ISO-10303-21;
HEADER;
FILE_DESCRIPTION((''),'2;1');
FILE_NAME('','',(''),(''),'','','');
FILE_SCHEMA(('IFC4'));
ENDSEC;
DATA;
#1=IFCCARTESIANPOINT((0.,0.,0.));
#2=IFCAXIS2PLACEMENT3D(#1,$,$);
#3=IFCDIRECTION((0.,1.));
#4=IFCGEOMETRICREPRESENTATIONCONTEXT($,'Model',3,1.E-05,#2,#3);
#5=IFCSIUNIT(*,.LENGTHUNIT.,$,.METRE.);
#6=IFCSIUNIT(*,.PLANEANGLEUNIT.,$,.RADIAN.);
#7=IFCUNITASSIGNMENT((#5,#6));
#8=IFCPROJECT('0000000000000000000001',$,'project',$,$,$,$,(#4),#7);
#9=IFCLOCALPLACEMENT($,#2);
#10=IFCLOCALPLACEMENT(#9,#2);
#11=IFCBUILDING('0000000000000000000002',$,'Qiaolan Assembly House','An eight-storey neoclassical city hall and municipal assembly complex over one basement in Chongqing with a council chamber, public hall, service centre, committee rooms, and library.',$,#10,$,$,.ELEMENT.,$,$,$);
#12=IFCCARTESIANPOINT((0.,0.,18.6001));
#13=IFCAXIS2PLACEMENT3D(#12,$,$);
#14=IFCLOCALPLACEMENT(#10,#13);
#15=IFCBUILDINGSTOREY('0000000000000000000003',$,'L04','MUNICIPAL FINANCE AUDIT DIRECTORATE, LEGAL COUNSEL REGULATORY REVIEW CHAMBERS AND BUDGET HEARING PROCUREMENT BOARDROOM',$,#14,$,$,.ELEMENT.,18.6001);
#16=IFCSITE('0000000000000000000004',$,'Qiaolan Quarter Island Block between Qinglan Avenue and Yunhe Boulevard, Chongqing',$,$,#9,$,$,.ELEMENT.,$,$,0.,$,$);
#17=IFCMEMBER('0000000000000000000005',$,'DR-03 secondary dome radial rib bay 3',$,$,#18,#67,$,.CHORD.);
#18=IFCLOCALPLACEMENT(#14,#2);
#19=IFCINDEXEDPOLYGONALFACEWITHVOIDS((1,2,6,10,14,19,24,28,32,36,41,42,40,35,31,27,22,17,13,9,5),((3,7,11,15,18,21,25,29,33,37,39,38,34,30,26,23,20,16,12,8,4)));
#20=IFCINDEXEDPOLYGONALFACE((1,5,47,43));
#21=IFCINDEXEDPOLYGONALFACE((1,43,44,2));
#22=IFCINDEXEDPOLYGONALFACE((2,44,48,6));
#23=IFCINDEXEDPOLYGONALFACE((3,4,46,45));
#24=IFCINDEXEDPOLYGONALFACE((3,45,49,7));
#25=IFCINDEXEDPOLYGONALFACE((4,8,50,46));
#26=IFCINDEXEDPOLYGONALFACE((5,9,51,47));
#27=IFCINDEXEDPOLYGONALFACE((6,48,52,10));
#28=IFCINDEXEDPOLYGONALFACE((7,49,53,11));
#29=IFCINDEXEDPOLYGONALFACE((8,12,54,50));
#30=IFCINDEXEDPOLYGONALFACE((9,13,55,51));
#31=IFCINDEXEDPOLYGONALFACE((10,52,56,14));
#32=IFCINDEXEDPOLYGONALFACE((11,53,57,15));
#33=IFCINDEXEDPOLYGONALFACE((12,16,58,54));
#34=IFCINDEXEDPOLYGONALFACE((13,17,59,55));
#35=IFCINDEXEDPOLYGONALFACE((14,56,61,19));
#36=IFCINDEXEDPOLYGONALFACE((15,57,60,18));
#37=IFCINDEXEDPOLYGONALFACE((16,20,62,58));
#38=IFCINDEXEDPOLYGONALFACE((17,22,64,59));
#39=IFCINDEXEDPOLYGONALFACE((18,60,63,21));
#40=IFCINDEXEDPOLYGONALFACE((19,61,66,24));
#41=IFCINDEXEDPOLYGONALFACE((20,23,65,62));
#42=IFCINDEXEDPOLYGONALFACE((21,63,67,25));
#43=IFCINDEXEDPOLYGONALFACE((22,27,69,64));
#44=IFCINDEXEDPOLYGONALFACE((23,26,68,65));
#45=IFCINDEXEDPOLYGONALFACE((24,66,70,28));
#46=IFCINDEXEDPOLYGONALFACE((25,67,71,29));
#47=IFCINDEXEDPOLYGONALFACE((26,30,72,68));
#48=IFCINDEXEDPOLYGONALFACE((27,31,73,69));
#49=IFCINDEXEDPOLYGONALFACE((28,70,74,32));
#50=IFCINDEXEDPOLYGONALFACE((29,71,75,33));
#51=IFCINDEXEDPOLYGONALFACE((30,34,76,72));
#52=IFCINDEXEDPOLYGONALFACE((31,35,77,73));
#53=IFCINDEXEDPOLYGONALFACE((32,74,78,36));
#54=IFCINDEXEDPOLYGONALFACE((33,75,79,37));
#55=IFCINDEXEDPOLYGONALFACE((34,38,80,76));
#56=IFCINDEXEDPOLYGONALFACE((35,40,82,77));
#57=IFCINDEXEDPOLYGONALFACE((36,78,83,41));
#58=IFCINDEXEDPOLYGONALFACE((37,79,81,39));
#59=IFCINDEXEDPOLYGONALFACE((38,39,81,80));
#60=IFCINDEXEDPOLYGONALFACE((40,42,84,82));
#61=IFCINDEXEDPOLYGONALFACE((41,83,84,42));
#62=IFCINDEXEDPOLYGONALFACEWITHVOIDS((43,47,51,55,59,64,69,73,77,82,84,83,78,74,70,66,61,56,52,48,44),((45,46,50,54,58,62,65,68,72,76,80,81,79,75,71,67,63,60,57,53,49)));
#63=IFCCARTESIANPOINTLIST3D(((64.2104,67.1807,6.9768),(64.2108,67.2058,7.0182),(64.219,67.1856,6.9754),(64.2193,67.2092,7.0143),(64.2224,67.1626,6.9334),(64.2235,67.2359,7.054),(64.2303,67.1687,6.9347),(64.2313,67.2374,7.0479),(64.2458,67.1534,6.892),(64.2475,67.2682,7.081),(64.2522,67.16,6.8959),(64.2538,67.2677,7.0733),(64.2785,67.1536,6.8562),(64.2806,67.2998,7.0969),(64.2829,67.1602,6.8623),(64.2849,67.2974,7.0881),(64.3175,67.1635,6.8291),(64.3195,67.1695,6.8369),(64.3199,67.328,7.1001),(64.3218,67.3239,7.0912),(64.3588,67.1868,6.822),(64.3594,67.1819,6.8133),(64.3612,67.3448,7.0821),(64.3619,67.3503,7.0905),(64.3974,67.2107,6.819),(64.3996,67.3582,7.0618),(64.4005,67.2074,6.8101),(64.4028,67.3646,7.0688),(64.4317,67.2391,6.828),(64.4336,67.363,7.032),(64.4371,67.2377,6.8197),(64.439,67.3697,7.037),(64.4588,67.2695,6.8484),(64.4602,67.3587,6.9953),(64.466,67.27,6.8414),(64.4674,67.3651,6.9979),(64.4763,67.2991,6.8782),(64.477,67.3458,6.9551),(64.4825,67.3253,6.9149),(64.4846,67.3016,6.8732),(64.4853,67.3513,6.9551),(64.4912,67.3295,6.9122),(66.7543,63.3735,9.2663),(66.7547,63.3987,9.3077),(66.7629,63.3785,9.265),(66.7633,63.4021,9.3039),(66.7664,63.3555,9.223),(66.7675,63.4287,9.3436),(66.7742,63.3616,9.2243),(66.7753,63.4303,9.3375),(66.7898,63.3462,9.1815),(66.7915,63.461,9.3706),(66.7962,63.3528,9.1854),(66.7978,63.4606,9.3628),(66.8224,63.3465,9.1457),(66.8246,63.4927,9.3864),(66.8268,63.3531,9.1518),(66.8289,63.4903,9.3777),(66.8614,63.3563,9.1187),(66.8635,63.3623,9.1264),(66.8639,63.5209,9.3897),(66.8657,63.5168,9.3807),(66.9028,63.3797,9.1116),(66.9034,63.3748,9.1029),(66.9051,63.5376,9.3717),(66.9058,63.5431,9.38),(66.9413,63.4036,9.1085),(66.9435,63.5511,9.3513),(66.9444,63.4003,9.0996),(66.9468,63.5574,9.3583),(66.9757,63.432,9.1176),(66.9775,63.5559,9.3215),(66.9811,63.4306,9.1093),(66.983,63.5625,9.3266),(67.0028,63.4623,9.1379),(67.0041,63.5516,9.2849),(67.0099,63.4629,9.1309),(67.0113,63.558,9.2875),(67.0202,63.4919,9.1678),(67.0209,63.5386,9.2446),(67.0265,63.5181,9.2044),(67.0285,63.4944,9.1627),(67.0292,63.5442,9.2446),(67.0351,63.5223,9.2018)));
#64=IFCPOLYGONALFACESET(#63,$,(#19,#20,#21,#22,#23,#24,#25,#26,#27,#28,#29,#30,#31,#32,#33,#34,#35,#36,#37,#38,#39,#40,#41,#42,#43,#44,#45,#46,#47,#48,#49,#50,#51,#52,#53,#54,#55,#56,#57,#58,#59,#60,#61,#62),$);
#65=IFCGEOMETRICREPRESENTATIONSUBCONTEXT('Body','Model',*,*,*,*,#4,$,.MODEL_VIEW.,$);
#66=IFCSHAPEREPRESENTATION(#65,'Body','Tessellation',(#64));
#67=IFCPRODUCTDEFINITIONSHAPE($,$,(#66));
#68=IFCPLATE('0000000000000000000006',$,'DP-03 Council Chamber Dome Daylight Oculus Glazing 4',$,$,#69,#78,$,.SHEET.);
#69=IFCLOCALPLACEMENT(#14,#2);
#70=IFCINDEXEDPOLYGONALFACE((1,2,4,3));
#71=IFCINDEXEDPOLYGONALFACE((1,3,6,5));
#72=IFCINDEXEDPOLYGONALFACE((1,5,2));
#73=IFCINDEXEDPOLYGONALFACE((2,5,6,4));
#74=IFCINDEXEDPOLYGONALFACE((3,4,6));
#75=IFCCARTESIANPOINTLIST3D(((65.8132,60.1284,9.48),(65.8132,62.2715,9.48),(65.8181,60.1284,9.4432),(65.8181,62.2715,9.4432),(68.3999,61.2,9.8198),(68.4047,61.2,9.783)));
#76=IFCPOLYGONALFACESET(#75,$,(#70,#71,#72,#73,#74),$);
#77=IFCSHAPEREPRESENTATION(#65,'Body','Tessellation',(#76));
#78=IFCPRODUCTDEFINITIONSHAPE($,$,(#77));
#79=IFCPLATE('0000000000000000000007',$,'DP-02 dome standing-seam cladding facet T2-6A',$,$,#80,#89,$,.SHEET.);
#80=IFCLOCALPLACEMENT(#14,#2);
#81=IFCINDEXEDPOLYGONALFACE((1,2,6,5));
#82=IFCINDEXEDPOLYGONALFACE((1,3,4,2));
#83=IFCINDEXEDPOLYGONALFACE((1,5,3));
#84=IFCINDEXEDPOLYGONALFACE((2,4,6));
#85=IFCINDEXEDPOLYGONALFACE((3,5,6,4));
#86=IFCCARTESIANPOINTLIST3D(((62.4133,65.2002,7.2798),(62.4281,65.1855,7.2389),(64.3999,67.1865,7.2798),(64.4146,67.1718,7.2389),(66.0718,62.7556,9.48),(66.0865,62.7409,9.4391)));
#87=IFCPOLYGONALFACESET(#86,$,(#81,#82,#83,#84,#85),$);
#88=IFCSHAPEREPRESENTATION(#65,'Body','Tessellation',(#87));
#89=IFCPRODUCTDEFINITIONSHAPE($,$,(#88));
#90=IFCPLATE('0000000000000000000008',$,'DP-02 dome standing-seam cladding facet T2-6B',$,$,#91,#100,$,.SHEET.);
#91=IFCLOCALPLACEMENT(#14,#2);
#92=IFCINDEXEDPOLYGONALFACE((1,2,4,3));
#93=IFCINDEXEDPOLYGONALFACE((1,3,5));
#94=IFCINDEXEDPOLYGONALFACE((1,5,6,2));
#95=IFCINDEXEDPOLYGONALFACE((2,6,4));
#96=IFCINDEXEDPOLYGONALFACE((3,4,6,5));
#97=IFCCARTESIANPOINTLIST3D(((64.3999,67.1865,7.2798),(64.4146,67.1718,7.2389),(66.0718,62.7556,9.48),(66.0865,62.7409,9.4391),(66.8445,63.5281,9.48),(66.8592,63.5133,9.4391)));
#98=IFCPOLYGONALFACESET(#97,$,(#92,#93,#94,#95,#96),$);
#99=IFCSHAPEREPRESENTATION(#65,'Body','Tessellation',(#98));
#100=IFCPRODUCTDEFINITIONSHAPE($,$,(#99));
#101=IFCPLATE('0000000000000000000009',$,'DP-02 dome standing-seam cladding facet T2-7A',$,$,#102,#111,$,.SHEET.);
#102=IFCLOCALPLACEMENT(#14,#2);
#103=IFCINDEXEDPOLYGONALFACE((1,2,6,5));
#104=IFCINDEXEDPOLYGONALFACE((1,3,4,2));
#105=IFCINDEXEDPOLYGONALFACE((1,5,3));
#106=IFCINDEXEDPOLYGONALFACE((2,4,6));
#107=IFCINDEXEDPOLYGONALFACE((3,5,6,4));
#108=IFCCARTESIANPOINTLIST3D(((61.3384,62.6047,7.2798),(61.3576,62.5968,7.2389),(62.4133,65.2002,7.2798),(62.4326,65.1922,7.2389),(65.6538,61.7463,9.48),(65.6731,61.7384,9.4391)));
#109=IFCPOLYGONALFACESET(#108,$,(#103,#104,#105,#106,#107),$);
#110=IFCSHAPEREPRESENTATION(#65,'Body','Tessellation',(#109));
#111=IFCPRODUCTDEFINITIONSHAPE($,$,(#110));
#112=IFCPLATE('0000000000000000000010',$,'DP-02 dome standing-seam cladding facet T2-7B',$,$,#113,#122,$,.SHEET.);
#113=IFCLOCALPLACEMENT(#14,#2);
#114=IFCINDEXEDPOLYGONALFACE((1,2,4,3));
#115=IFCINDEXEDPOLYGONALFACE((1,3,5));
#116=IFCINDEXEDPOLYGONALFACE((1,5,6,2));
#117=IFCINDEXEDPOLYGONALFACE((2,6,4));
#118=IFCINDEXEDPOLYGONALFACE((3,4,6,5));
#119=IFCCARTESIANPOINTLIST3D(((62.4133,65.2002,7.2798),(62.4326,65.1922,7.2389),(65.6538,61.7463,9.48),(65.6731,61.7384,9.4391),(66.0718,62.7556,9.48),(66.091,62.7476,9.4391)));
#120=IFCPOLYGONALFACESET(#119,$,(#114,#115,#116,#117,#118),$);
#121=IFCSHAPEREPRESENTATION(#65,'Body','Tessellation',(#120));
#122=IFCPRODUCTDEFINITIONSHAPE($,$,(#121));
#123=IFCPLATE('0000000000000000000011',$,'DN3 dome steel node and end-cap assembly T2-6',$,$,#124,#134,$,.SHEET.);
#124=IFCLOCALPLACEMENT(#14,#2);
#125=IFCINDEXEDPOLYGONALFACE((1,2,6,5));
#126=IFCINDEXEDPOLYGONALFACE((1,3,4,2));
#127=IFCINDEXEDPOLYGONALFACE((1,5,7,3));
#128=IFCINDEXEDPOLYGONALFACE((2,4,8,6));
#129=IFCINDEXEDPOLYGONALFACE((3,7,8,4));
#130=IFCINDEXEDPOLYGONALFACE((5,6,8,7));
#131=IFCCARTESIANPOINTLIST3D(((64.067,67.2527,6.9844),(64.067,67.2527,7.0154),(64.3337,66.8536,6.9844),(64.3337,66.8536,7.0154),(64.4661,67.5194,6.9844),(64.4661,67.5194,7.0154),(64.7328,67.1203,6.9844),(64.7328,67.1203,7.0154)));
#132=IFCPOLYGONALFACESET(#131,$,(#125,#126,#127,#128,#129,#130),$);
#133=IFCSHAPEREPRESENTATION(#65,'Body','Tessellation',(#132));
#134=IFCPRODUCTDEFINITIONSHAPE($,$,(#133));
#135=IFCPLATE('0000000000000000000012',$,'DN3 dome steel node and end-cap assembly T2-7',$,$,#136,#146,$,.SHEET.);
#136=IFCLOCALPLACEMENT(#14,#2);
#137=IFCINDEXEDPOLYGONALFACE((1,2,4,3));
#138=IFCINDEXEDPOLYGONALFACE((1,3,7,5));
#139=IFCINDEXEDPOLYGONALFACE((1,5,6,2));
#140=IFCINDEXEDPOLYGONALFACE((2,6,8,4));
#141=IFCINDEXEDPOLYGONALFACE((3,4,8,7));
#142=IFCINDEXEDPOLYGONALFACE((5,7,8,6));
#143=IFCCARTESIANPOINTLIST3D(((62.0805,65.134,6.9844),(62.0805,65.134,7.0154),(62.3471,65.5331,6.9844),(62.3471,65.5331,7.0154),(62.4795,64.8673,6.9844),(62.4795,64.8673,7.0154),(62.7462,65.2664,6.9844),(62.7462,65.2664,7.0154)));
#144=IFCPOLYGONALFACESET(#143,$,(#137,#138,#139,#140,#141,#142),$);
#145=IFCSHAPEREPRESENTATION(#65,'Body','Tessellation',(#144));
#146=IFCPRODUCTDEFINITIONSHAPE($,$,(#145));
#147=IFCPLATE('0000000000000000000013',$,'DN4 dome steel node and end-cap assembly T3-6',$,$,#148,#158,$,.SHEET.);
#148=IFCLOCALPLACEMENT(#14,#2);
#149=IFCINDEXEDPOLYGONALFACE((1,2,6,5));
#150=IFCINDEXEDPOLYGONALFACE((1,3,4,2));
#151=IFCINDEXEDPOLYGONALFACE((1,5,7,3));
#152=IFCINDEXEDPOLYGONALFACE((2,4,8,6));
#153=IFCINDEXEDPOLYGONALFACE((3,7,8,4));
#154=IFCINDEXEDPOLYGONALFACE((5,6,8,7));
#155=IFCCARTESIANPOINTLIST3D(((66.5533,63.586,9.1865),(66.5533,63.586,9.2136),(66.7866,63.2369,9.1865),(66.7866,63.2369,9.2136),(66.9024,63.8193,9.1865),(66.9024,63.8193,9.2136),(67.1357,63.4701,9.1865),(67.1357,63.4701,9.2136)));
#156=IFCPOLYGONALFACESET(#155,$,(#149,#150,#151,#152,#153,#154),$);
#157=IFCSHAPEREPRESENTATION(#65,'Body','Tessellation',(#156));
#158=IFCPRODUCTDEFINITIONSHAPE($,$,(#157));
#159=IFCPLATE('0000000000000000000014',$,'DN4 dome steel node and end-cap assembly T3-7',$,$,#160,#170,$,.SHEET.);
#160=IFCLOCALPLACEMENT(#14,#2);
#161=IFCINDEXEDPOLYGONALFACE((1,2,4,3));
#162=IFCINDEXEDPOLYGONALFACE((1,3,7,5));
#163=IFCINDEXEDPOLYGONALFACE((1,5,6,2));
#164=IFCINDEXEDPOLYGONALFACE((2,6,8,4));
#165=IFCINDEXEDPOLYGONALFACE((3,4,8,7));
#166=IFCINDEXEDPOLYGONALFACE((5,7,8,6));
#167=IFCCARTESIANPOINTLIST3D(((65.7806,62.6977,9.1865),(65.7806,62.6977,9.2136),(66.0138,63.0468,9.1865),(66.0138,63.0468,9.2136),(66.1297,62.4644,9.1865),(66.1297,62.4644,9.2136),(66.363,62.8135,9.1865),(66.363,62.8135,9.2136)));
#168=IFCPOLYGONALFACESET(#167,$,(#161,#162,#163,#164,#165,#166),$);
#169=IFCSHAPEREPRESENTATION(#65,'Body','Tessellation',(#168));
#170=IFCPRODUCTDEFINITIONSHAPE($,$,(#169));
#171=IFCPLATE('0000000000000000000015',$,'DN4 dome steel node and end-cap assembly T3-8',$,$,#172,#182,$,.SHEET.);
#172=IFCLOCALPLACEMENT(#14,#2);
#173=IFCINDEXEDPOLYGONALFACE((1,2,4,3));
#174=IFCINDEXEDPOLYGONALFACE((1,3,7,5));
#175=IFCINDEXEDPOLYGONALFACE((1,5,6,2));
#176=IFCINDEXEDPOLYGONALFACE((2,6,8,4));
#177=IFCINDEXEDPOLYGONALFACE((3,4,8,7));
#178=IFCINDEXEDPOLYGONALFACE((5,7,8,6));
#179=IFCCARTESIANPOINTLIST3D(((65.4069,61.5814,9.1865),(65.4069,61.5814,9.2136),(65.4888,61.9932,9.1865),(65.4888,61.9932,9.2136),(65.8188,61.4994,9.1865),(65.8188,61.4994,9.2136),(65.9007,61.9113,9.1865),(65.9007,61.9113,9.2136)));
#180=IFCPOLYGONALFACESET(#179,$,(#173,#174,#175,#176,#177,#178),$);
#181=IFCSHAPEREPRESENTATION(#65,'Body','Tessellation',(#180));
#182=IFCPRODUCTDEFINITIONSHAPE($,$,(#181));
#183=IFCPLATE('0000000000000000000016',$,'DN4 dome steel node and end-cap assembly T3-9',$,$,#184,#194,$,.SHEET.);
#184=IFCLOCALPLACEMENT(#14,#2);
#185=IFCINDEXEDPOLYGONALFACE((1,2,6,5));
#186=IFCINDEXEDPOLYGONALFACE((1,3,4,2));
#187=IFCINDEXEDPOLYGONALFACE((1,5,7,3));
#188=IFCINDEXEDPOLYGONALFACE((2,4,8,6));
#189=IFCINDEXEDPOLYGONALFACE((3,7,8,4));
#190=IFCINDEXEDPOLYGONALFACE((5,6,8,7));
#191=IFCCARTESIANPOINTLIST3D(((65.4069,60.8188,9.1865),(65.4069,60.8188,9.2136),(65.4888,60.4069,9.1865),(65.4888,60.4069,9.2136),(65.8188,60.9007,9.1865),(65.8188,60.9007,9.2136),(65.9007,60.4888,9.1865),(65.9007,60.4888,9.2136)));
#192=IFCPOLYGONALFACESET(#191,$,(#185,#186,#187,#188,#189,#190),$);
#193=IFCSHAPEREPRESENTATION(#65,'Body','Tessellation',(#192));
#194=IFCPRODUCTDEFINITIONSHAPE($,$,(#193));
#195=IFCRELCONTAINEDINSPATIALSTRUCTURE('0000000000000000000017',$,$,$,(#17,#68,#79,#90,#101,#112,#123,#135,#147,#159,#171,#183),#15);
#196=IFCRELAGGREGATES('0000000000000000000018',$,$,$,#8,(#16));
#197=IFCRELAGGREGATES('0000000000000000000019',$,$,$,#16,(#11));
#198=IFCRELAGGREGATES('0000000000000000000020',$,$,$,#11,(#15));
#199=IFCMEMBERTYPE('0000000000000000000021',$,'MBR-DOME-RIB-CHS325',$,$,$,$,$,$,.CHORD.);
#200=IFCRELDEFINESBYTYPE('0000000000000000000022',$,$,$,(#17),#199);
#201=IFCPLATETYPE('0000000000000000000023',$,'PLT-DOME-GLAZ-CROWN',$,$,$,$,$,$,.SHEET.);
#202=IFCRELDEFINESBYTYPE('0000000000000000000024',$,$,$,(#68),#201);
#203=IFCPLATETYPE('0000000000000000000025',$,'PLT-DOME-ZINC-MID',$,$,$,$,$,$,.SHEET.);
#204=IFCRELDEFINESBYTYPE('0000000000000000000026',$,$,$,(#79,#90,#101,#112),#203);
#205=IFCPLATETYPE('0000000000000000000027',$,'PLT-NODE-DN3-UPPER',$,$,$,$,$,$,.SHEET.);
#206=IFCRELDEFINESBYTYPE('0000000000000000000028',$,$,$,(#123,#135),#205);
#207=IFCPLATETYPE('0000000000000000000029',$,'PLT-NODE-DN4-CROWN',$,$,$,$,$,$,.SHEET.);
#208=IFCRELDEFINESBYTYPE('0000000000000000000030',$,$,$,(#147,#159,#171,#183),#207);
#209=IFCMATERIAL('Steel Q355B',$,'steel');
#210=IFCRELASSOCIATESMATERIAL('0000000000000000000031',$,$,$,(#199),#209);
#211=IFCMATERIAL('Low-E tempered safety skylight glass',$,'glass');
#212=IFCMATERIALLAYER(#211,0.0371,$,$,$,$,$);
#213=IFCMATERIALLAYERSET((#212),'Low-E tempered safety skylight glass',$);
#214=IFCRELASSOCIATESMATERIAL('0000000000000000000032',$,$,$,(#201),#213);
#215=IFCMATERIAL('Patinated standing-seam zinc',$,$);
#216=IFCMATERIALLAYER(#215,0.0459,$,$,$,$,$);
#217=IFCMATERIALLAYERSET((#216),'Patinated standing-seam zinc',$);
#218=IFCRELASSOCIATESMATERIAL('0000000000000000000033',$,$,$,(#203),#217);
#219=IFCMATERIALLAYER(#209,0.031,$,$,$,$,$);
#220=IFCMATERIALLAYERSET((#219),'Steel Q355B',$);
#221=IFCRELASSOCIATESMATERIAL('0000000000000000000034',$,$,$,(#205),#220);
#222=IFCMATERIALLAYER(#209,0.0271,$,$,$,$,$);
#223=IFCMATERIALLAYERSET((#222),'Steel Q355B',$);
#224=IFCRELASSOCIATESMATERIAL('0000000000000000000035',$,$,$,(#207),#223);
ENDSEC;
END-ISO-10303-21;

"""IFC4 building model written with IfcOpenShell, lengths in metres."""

from ifc_helpers import new_model, si_unit, direction, frame, origin, origin_2d, place, context, subcontext, project, spatial, polyline, rectangle, hollow_circle, outline, extrude, material, layer, layer_set, material_profile, profile_set, type_object, element, save


model = new_model("IFC4")

# Units and contexts
model_context = context("Model", 3, precision=1e-05, world=origin(), true_north=direction((0.0, 1.0)))
body_context = subcontext(model_context, "Body", "Model", "MODEL_VIEW")
ifc_project = project(units=[si_unit("LENGTHUNIT", "METRE"), si_unit("PLANEANGLEUNIT", "RADIAN")], contexts=[model_context])

# Site, building, storey
site_placement = place(None, origin())
site = spatial("IfcSite", under=ifc_project, at=site_placement, Name="Qiaolan Quarter Island Block between Qinglan Avenue and Yunhe Boulevard, Chongqing", CompositionType="ELEMENT", RefElevation=0.0)
building_placement = place(site_placement, origin())
building = spatial("IfcBuilding", under=site, at=building_placement, Name="Qiaolan Assembly House", Description="An eight-storey neoclassical city hall and municipal assembly complex over one basement in Chongqing with a council chamber, public hall, service centre, committee rooms, and library.", CompositionType="ELEMENT")
storey_placement = place(building_placement, frame((0.0, 0.0, 18.6001)))
storey = spatial("IfcBuildingStorey", under=building, at=storey_placement, Name="L04", Description="MUNICIPAL FINANCE AUDIT DIRECTORATE, LEGAL COUNSEL REGULATORY REVIEW CHAMBERS AND BUDGET HEARING PROCUREMENT BOARDROOM", CompositionType="ELEMENT", Elevation=18.6001)

# Shared definitions
ifc_material_1 = material(Name="Steel Q355B", Category="steel")

# Member
ifc_material_profile_1 = material_profile(ifc_material_1, hollow_circle(Radius=0.1626, WallThickness=0.01, at=origin_2d()), Name="CHS 325x10")
ifc_profile_set_1 = profile_set([ifc_material_profile_1], Name="Steel Q355B")
member_type_1 = type_object("IfcMemberType", Name="MBR-DOME-RIB-CHS325", PredefinedType="CHORD", material=ifc_profile_set_1)
member_1_placement = place(storey_placement, frame((64.3501, 67.261, 6.9551), z_axis=(0.496926, -0.743672, 0.447233), x_axis=(0.831459, 0.555586, 0.0)))
element("IfcMember", 1, at=member_1_placement, inside=storey, type_object=member_type_1, Name="DR-03 secondary dome radial rib bay 3", PredefinedType="CHORD", context=body_context, shape_type="SweptSolid", body=[
    extrude(hollow_circle(Radius=0.1626, WallThickness=0.01, at=origin_2d()), origin(), (0.0, 0.0, 1.0), 5.1194),
])

# Plates
ifc_material_2 = material(Name="Low-E tempered safety skylight glass", Category="glass")
ifc_layer_1 = layer(ifc_material_2, 0.0371)
ifc_layer_set_1 = layer_set([ifc_layer_1], Name="Low-E tempered safety skylight glass")
plate_type_1 = type_object("IfcPlateType", Name="PLT-DOME-GLAZ-CROWN", PredefinedType="SHEET", material=ifc_layer_set_1)
plate_1_placement = place(storey_placement, frame((65.8132, 62.2715, 9.48), z_axis=(-0.130263, 0.0, 0.991479), x_axis=(0.0, -1.0, 0.0)))
element("IfcPlate", 2, at=plate_1_placement, inside=storey, type_object=plate_type_1, Name="DP-03 Council Chamber Dome Daylight Oculus Glazing 4", PredefinedType="SHEET", context=body_context, shape_type="SweptSolid", body=[
    extrude(outline(polyline([(0.0, 0.0), (2.1431, 0.0), (1.0715, 2.6089), (0.0, 0.0)])), origin(), (0.0, 0.0, -1.0), 0.0371),
])
ifc_material_3 = material(Name="Patinated standing-seam zinc")
ifc_layer_2 = layer(ifc_material_3, 0.0459)
ifc_layer_set_2 = layer_set([ifc_layer_2], Name="Patinated standing-seam zinc")
plate_type_2 = type_object("IfcPlateType", Name="PLT-DOME-ZINC-MID", PredefinedType="SHEET", material=ifc_layer_set_2)
plate_2_placement = place(storey_placement, frame((64.3999, 67.1865, 7.2798), z_axis=(-0.321159, 0.321198, 0.890892), x_axis=(-0.70715, -0.707063, 0.0)))
element("IfcPlate", 3, at=plate_2_placement, inside=storey, type_object=plate_type_2, Name="DP-02 dome standing-seam cladding facet T2-6A", PredefinedType="SHEET", context=body_context, shape_type="SweptSolid", body=[
    extrude(outline(polyline([(0.0, 0.0), (2.8093, 0.0), (1.9507, 4.844), (0.0, 0.0)])), origin(), (0.0, 0.0, -1.0), 0.0459),
])
plate_3_placement = place(storey_placement, frame((64.3999, 67.1865, 7.2798), z_axis=(-0.321117, 0.321218, 0.8909), x_axis=(0.320162, -0.848513, 0.421334)))
element("IfcPlate", 4, at=plate_3_placement, inside=storey, type_object=plate_type_2, Name="DP-02 dome standing-seam cladding facet T2-6B", PredefinedType="SHEET", context=body_context, shape_type="SweptSolid", body=[
    extrude(outline(polyline([(0.0, 0.0), (5.222, 0.0), (4.8139, 1.0135), (0.0, 0.0)])), origin(), (0.0, 0.0, -1.0), 0.0459),
])
plate_4_placement = place(storey_placement, frame((62.4133, 65.2002, 7.2798), z_axis=(-0.419645, 0.173803, 0.890893), x_axis=(-0.382646, -0.923895, 0.0)))
element("IfcPlate", 5, at=plate_4_placement, inside=storey, type_object=plate_type_2, Name="DP-02 dome standing-seam cladding facet T2-7A", PredefinedType="SHEET", context=body_context, shape_type="SweptSolid", body=[
    extrude(outline(polyline([(0.0, 0.0), (2.8093, 0.0), (1.951, 4.844), (0.0, 0.0)])), origin(), (0.0, 0.0, -1.0), 0.0459),
])
plate_5_placement = place(storey_placement, frame((62.4133, 65.2002, 7.2798), z_axis=(-0.419656, 0.173791, 0.890891), x_axis=(0.620528, -0.661388, 0.421321)))
element("IfcPlate", 6, at=plate_5_placement, inside=storey, type_object=plate_type_2, Name="DP-02 dome standing-seam cladding facet T2-7B", PredefinedType="SHEET", context=body_context, shape_type="SweptSolid", body=[
    extrude(outline(polyline([(0.0, 0.0), (5.2221, 0.0), (4.814, 1.0133), (0.0, 0.0)])), origin(), (0.0, 0.0, -1.0), 0.0459),
])
ifc_layer_3 = layer(ifc_material_1, 0.031)
ifc_layer_set_3 = layer_set([ifc_layer_3], Name="Steel Q355B")
plate_type_3 = type_object("IfcPlateType", Name="PLT-NODE-DN3-UPPER", PredefinedType="SHEET", material=ifc_layer_set_3)
for number, where, z_axis, x_axis, name in (
    (7, (64.3999, 67.1865, 6.9844), (0.0, 0.0, 1.0), (-0.55557, 0.83147, 0.0), "DN3 dome steel node and end-cap assembly T2-6"),
    (8, (62.4133, 65.2002, 6.9844), (0.0, 0.0, 1.0), (-0.83147, 0.55557, 0.0), "DN3 dome steel node and end-cap assembly T2-7"),
):
    element("IfcPlate", number, at=place(storey_placement, frame(where, z_axis=z_axis, x_axis=x_axis)), inside=storey, type_object=plate_type_3, Name=name, PredefinedType="SHEET", context=body_context, shape_type="SweptSolid", body=[
        extrude(rectangle(XDim=0.48, YDim=0.48, at=origin_2d()), origin(), (0.0, 0.0, 1.0), 0.031),
    ])
ifc_layer_4 = layer(ifc_material_1, 0.0271)
ifc_layer_set_4 = layer_set([ifc_layer_4], Name="Steel Q355B")
plate_type_4 = type_object("IfcPlateType", Name="PLT-NODE-DN4-CROWN", PredefinedType="SHEET", material=ifc_layer_set_4)
for number, where, z_axis, x_axis, name in (
    (9, (66.8445, 63.5281, 9.1865), (0.0, 0.0, 1.0), (-0.55557, 0.83147, 0.0), "DN4 dome steel node and end-cap assembly T3-6"),
    (10, (66.0718, 62.7556, 9.1865), (0.0, 0.0, 1.0), (-0.83147, 0.55557, 0.0), "DN4 dome steel node and end-cap assembly T3-7"),
    (11, (65.6538, 61.7463, 9.1865), (0.0, 0.0, 1.0), (-0.980785, 0.19509, 0.0), "DN4 dome steel node and end-cap assembly T3-8"),
    (12, (65.6538, 60.6538, 9.1865), (0.0, 0.0, 1.0), (-0.980785, -0.19509, 0.0), "DN4 dome steel node and end-cap assembly T3-9"),
):
    element("IfcPlate", number, at=place(storey_placement, frame(where, z_axis=z_axis, x_axis=x_axis)), inside=storey, type_object=plate_type_4, Name=name, PredefinedType="SHEET", context=body_context, shape_type="SweptSolid", body=[
        extrude(rectangle(XDim=0.4199, YDim=0.4199, at=origin_2d()), origin(), (0.0, 0.0, 1.0), 0.0271),
    ])

save(model, "model.ifc")
